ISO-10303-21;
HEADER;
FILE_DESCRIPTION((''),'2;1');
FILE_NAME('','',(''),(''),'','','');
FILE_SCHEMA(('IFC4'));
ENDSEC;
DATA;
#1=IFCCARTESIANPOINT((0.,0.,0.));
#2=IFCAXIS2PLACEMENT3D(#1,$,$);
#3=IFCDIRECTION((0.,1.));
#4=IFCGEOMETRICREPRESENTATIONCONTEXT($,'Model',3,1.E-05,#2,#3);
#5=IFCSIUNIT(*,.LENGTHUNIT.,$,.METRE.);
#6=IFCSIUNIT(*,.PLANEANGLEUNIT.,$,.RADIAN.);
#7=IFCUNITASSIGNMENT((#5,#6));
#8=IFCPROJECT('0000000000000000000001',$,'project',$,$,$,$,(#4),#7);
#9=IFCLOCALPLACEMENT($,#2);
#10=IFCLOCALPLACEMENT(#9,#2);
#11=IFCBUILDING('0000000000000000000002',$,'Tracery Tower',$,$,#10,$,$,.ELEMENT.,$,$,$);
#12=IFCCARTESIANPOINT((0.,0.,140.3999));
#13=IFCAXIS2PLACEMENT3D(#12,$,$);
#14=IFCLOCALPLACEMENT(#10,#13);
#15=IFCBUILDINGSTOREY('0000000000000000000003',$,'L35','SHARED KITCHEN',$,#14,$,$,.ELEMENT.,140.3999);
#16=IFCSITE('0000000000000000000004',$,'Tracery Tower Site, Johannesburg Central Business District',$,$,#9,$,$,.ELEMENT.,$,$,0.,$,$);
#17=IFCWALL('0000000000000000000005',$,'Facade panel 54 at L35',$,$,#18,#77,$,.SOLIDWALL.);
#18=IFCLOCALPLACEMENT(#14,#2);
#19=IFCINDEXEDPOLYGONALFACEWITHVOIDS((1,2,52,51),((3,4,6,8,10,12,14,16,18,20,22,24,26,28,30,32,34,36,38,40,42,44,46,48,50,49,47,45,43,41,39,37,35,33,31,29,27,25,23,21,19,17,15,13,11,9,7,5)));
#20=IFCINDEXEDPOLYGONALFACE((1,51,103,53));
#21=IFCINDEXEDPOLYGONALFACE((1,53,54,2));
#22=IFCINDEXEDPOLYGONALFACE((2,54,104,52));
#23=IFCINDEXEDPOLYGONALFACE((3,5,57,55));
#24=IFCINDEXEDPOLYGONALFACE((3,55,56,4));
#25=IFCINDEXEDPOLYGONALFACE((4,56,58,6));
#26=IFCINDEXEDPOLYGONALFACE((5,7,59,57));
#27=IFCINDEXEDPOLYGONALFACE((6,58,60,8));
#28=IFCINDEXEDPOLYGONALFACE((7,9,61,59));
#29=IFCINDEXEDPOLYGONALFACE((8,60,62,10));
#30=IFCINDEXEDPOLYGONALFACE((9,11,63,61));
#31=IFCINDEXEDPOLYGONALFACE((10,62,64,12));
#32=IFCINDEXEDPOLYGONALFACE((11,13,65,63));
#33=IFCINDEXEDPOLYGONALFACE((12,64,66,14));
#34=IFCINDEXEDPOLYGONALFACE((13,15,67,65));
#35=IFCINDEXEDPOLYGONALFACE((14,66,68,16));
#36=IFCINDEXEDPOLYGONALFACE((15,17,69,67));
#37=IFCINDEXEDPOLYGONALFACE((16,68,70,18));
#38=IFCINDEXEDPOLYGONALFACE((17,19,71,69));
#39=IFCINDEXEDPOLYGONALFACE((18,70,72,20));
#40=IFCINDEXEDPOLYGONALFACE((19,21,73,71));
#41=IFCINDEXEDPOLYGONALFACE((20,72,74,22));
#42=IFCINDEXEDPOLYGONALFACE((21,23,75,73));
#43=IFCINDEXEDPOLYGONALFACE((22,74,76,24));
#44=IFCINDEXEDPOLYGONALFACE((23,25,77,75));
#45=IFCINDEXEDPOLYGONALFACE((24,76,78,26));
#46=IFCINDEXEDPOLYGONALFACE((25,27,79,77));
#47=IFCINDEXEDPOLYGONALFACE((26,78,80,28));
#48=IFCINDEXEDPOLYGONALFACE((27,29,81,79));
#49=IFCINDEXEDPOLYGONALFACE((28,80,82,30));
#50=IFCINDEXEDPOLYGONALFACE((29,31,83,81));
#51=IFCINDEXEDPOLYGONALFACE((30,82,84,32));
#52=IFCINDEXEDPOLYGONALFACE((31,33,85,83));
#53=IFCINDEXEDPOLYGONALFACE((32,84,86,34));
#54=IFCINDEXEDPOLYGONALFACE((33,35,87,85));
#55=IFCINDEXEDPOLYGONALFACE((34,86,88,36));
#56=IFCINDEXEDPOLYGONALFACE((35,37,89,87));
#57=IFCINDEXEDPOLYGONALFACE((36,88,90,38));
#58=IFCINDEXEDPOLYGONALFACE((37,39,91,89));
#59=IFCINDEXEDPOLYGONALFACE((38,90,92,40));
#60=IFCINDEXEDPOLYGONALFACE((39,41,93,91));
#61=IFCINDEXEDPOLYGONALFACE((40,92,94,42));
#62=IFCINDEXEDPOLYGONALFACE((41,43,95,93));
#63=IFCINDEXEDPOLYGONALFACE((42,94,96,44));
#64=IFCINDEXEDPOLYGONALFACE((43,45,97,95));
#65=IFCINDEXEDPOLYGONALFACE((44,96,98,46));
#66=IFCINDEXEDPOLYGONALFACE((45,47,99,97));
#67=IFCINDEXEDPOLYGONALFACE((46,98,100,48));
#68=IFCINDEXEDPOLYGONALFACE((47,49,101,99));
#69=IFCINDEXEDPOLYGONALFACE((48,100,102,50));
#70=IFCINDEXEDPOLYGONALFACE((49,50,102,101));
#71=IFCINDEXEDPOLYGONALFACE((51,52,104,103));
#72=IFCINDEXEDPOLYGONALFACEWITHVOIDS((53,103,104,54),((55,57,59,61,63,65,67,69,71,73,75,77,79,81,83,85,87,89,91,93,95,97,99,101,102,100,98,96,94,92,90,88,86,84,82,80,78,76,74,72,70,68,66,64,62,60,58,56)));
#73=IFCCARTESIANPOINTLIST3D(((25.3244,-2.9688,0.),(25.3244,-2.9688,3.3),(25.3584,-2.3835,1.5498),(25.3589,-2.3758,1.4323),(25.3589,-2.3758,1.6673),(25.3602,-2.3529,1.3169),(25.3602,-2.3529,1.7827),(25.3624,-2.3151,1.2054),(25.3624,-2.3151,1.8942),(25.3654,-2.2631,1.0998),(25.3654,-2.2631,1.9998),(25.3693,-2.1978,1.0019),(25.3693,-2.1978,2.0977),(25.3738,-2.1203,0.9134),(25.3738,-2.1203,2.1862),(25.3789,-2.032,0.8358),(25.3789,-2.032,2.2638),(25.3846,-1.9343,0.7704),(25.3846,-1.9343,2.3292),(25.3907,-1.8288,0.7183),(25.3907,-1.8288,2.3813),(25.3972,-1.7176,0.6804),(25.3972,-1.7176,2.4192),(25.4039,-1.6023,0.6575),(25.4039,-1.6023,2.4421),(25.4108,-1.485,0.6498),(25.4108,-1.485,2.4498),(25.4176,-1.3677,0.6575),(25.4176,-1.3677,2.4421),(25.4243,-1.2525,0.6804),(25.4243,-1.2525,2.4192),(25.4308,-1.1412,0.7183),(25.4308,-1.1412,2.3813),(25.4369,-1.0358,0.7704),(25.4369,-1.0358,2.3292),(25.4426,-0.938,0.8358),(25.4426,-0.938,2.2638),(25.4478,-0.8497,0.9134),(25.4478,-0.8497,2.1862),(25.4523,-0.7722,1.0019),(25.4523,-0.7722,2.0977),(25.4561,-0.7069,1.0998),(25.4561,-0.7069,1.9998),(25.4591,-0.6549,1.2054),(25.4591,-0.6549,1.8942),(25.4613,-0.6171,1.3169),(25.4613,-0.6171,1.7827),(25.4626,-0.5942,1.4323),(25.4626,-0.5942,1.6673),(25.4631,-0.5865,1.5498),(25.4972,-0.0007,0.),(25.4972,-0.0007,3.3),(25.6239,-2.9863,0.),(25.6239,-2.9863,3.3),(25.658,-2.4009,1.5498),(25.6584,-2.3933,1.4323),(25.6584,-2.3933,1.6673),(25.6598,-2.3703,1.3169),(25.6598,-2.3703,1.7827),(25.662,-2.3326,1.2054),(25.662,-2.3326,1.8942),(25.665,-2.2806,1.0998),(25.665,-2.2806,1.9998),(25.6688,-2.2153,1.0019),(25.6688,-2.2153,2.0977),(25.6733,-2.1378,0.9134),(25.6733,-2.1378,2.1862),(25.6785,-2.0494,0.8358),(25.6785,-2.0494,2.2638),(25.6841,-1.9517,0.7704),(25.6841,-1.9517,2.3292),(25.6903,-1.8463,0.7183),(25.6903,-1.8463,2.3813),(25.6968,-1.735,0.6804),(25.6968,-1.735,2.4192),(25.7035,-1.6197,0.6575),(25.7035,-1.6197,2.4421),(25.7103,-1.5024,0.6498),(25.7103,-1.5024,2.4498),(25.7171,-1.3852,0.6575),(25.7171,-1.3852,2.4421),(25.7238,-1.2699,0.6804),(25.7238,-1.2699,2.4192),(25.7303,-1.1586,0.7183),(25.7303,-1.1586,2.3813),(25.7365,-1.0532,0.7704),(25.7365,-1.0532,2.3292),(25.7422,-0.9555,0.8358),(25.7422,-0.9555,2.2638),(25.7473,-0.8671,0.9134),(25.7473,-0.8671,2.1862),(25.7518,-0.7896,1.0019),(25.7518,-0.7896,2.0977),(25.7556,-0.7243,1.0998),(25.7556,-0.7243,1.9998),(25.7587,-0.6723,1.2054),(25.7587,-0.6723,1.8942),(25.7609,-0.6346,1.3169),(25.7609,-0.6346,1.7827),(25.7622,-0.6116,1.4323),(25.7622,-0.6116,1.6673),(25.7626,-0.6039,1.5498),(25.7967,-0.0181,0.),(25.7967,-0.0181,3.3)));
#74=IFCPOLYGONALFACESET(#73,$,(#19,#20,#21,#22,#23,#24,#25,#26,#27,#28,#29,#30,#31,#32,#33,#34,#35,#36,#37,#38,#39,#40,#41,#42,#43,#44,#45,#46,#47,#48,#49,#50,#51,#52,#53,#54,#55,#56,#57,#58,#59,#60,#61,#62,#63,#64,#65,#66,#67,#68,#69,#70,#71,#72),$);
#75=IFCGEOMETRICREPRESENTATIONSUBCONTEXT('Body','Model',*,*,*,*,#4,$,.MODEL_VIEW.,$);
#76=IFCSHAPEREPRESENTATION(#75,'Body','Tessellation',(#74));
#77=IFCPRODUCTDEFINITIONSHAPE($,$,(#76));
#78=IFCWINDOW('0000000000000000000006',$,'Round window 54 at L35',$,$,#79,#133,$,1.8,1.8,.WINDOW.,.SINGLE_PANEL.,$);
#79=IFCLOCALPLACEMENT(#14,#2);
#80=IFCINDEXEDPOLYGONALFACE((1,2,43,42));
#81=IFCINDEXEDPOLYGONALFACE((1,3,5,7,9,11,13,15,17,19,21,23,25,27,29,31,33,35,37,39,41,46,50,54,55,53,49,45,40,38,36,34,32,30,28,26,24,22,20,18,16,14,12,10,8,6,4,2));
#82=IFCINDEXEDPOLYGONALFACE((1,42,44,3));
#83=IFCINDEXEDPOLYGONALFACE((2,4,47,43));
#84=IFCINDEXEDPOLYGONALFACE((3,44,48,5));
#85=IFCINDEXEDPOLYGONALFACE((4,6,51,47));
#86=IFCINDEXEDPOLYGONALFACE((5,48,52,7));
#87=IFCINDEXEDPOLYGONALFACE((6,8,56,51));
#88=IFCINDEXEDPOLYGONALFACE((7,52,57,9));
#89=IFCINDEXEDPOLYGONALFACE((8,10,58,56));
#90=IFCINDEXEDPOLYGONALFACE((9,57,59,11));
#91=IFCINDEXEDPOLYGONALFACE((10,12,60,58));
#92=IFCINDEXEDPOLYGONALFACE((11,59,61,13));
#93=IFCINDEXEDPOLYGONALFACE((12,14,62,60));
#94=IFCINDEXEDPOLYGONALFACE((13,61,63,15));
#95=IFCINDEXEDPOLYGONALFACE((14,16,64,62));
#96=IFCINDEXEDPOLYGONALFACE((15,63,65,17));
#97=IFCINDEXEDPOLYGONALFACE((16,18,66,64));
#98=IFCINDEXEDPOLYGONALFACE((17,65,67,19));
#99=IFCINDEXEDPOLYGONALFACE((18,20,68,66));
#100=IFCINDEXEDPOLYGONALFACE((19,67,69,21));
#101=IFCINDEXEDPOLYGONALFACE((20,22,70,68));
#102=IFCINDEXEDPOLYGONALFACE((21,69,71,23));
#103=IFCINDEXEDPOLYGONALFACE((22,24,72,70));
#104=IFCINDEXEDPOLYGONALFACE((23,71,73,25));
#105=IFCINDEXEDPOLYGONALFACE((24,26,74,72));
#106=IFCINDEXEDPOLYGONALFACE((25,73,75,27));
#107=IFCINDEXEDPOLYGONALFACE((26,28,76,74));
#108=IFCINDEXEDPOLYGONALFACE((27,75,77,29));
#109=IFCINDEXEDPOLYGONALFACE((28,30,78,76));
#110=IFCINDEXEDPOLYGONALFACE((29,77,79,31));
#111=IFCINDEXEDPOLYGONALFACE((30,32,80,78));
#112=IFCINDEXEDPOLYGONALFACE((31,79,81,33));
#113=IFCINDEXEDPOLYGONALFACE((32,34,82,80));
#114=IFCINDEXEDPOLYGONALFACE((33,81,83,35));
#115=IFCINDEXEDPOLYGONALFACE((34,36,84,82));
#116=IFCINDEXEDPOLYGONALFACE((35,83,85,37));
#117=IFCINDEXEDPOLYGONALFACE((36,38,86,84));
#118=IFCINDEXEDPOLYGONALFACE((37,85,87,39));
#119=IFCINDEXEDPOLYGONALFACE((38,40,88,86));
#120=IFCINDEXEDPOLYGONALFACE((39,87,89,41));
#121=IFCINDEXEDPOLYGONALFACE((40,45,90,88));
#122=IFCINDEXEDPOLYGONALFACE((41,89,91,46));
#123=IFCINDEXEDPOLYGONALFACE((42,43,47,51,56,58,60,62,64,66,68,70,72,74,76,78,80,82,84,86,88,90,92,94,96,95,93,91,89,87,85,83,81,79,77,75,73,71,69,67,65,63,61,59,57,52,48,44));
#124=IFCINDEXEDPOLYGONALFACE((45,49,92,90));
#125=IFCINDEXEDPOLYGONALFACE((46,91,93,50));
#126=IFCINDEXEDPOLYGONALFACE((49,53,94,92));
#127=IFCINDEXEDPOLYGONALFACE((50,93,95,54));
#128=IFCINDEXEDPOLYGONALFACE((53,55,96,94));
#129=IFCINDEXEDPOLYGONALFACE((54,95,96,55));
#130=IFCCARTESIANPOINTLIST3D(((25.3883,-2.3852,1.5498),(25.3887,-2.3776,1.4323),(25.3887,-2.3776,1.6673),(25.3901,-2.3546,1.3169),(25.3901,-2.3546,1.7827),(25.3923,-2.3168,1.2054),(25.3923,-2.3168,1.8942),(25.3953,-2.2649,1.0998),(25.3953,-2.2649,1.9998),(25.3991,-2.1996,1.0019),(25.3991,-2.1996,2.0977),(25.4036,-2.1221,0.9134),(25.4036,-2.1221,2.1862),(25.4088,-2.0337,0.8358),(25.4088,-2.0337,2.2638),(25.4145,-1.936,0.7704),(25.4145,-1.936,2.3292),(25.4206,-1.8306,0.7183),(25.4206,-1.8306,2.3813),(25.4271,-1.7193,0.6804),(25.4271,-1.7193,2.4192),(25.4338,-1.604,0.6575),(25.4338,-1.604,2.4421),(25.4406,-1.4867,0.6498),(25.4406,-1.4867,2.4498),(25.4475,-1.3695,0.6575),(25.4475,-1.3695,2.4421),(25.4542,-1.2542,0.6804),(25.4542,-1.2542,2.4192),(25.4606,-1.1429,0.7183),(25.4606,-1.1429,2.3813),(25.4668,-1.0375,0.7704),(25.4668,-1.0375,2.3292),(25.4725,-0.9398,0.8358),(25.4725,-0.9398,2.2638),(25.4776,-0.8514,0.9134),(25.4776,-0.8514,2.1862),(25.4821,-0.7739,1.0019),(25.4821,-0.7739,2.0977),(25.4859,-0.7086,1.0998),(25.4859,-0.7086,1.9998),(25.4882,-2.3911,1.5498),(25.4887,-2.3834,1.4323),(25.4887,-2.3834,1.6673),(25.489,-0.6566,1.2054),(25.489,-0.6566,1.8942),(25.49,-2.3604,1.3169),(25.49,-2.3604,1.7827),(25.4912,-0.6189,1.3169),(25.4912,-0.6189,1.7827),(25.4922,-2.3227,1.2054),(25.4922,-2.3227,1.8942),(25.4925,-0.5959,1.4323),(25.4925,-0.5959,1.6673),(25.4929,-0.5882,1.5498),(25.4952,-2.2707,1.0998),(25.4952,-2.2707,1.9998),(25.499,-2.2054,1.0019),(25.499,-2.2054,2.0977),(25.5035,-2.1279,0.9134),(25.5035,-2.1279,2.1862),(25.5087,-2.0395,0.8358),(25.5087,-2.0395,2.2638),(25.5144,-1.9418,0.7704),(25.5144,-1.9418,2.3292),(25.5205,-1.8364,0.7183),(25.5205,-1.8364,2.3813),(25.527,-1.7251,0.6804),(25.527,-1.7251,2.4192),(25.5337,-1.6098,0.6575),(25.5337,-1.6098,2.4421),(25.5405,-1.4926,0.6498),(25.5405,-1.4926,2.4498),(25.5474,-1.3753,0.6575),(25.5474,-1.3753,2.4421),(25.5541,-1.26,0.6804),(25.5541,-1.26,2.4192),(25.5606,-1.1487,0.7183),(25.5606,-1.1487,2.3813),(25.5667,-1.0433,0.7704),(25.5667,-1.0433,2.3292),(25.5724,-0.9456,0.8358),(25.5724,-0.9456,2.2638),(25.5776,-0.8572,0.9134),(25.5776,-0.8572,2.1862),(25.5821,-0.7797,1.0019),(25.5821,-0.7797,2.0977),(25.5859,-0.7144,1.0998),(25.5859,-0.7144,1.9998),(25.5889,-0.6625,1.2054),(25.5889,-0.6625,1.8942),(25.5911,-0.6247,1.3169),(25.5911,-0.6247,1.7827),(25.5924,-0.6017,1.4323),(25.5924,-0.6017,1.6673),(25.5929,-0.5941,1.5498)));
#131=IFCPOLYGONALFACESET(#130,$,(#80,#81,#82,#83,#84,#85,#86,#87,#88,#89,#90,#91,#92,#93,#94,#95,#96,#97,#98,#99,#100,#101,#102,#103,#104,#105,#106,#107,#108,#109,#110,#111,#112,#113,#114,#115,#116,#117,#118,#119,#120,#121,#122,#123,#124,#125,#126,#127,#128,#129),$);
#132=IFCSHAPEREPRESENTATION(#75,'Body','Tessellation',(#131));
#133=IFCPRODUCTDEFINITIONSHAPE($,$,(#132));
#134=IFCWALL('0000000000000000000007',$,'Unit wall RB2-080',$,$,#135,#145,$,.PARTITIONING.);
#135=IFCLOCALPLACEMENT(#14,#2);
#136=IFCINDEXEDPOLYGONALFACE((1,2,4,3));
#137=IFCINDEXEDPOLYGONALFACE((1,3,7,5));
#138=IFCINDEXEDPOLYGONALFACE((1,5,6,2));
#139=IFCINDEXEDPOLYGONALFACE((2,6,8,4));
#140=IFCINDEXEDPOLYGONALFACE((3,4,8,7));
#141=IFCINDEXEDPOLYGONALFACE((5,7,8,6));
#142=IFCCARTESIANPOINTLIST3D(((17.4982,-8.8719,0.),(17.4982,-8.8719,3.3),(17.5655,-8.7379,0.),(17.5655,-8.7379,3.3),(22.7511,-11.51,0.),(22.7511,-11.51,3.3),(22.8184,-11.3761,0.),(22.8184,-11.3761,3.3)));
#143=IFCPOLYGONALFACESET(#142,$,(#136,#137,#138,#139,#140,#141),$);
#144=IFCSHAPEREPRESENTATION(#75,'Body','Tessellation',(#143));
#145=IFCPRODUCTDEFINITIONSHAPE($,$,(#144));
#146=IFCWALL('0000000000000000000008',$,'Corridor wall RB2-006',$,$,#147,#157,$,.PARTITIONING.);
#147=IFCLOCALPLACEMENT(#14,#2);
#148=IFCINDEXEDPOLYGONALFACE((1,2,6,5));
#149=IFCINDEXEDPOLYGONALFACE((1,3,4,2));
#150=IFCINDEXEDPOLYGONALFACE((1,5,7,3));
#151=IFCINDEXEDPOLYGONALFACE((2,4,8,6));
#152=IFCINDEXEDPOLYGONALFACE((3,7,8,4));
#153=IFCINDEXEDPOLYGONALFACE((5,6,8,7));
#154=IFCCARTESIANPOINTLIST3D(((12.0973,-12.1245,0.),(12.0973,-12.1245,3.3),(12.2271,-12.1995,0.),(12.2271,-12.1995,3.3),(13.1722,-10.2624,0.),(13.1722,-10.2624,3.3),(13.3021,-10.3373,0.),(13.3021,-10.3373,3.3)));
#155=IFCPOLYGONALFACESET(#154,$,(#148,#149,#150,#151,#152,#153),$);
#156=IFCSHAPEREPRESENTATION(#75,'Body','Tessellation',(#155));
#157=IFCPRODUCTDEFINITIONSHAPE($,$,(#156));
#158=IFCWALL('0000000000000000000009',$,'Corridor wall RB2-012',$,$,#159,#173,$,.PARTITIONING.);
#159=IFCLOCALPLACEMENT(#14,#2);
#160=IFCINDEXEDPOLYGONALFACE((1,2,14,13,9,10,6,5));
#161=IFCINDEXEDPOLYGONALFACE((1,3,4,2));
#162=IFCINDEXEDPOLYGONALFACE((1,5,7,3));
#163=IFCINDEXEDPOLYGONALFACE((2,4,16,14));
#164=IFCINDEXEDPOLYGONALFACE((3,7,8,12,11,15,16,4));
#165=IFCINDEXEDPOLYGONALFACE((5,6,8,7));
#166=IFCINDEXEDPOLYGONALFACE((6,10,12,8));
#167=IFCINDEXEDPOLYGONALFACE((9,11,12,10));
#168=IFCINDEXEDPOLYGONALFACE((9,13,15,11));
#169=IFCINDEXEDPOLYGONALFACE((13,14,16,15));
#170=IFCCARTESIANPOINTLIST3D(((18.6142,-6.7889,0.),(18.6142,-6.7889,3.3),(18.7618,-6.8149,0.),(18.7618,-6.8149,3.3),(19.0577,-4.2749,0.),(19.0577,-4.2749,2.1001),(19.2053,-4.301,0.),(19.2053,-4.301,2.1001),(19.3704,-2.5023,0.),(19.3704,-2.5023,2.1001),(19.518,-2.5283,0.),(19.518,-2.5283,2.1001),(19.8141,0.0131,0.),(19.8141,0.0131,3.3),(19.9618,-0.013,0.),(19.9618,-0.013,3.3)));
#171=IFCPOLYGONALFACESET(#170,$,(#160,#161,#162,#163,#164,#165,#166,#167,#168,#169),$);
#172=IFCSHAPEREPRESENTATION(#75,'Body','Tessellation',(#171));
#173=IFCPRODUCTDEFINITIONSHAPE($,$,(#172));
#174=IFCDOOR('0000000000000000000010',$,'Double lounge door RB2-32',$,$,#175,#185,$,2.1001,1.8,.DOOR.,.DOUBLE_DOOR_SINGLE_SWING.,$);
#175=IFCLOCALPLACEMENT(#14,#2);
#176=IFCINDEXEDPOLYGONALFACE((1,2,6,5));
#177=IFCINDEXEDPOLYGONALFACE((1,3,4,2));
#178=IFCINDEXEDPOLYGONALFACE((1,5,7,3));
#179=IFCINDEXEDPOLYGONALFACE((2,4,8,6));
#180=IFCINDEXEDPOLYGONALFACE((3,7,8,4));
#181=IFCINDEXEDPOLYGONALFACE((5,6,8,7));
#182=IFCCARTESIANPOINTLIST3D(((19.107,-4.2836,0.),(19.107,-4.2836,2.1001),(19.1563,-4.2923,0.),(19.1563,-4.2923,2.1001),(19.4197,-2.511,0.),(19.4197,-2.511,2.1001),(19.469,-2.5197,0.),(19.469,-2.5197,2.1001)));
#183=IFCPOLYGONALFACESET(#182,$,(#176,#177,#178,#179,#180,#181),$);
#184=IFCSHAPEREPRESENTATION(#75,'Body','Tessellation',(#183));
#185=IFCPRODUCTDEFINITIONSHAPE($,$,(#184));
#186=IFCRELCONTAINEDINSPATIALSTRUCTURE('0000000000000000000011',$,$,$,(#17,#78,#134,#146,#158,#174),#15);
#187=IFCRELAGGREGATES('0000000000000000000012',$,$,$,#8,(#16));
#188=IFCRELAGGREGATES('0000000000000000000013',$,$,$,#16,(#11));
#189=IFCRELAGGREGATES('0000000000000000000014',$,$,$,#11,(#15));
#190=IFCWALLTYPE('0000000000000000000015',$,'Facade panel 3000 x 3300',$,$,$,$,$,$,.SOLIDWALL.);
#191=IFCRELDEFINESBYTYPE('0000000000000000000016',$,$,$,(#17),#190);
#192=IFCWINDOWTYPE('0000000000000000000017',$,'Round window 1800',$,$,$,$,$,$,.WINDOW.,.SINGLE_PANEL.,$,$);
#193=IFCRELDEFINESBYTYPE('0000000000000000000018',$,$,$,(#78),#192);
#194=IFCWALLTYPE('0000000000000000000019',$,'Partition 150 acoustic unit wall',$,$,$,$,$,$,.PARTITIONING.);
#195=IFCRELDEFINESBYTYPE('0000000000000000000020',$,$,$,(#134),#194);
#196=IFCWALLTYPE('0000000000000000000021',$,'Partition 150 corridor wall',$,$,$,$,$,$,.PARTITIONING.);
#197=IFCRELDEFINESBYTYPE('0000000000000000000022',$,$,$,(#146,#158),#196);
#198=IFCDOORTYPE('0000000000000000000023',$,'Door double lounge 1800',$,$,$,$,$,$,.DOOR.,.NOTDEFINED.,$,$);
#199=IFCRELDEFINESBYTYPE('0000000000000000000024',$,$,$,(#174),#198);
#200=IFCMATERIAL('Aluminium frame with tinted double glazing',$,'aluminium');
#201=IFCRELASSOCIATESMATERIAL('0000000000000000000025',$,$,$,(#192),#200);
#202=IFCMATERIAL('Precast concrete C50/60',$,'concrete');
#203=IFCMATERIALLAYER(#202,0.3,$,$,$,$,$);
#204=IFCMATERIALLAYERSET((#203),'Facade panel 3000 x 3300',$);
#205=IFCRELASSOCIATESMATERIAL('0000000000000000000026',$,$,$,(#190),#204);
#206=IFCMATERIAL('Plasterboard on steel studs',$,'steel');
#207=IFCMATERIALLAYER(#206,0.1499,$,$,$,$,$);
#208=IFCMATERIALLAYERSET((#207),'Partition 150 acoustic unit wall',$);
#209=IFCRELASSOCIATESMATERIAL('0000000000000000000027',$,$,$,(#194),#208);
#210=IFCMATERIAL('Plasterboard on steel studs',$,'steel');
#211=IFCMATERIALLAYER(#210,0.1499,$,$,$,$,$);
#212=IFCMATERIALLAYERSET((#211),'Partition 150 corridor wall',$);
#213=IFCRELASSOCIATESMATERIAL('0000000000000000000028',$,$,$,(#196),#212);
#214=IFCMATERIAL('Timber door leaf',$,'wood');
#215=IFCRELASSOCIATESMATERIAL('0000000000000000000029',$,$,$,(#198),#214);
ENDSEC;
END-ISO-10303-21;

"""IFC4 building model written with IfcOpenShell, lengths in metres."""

from ifc_helpers import new_model, si_unit, direction, frame, frame_2d, origin, origin_2d, place, context, subcontext, project, spatial, rectangle, circle, extrude, material, layer, layer_set, type_object, element, fill, save


model = new_model("IFC4")

# Units and contexts
model_context = context("Model", 3, precision=1e-05, world=origin(), true_north=direction((0.0, 1.0)))
body_context = subcontext(model_context, "Body", "Model", "MODEL_VIEW")
ifc_project = project(units=[si_unit("LENGTHUNIT", "METRE"), si_unit("PLANEANGLEUNIT", "RADIAN")], contexts=[model_context])

# Site, building, storey
site_placement = place(None, origin())
site = spatial("IfcSite", under=ifc_project, at=site_placement, Name="Tracery Tower Site, Johannesburg Central Business District", CompositionType="ELEMENT", RefElevation=0.0)
building_placement = place(site_placement, origin())
building = spatial("IfcBuilding", under=site, at=building_placement, Name="Tracery Tower", CompositionType="ELEMENT")
storey_placement = place(building_placement, frame((0.0, 0.0, 140.3999)))
storey = spatial("IfcBuildingStorey", under=building, at=storey_placement, Name="L35", Description="SHARED KITCHEN", CompositionType="ELEMENT", Elevation=140.3999)

# Wall, opening, window
ifc_material_1 = material(Name="Aluminium frame with tinted double glazing", Category="aluminium")
window_type = type_object("IfcWindowType", Name="Round window 1800", PartitioningType="SINGLE_PANEL", PredefinedType="WINDOW", material=ifc_material_1)
ifc_material_2 = material(Name="Precast concrete C50/60", Category="concrete")
ifc_layer_1 = layer(ifc_material_2, 0.3)
ifc_layer_set_1 = layer_set([ifc_layer_1], Name="Facade panel 3000 x 3300")
wall_type_1 = type_object("IfcWallType", Name="Facade panel 3000 x 3300", PredefinedType="SOLIDWALL", material=ifc_layer_set_1)
wall_1_placement = place(storey_placement, frame((25.4741, -2.9775, 0.0), z_axis=(0.0, 0.0, 1.0), x_axis=(0.05814, 0.998308, 0.0)))
wall_1 = element("IfcWall", 1, at=wall_1_placement, inside=storey, type_object=wall_type_1, Name="Facade panel 54 at L35", PredefinedType="SOLIDWALL", context=body_context, shape_type="SweptSolid", body=[
    extrude(rectangle(XDim=2.9731, YDim=0.3, at=frame_2d((1.4866, 0.0))), origin(), (0.0, 0.0, 1.0), 3.3),
])
opening_1_placement = place(wall_1_placement, frame((1.4863, 0.0, 1.5498)))
opening_1 = element("IfcOpeningElement", 2, at=opening_1_placement, cuts=wall_1, PredefinedType="OPENING", context=body_context, shape_type="SweptSolid", body=[
    extrude(circle(Radius=0.9, at=origin_2d()), frame((0.0, 0.1599, 0.0), z_axis=(0.0, -1.0, 0.0), x_axis=(1.0, 0.0, 0.0)), (0.0, 0.0, 1.0), 0.3201),
])
window_1_placement = place(opening_1_placement, origin())
window_1 = element("IfcWindow", 3, at=window_1_placement, inside=storey, type_object=window_type, Name="Round window 54 at L35", OverallHeight=1.8, OverallWidth=1.8, PartitioningType="SINGLE_PANEL", PredefinedType="WINDOW", context=body_context, shape_type="SweptSolid", body=[
    extrude(circle(Radius=0.9, at=origin_2d()), frame((0.0, 0.1201, 0.0), z_axis=(0.0, -1.0, 0.0), x_axis=(1.0, 0.0, 0.0)), (0.0, 0.0, 1.0), 0.1001),
])
fill(opening_1, window_1)

# Walls
ifc_material_3 = material(Name="Plasterboard on steel studs", Category="steel")
ifc_layer_2 = layer(ifc_material_3, 0.1499)
ifc_layer_set_2 = layer_set([ifc_layer_2], Name="Partition 150 acoustic unit wall")
wall_type_2 = type_object("IfcWallType", Name="Partition 150 acoustic unit wall", PredefinedType="PARTITIONING", material=ifc_layer_set_2)
wall_2_placement = place(storey_placement, frame((17.532, -8.8049, 0.0), z_axis=(0.0, 0.0, 1.0), x_axis=(0.893628, -0.448808, 0.0)))
element("IfcWall", 4, at=wall_2_placement, inside=storey, type_object=wall_type_2, Name="Unit wall RB2-080", PredefinedType="PARTITIONING", context=body_context, shape_type="SweptSolid", body=[
    extrude(rectangle(XDim=5.8782, YDim=0.1499, at=frame_2d((2.939, 0.0))), origin(), (0.0, 0.0, 1.0), 3.3),
])
ifc_material_4 = material(Name="Plasterboard on steel studs", Category="steel")
ifc_layer_3 = layer(ifc_material_4, 0.1499)
ifc_layer_set_3 = layer_set([ifc_layer_3], Name="Partition 150 corridor wall")
wall_type_3 = type_object("IfcWallType", Name="Partition 150 corridor wall", PredefinedType="PARTITIONING", material=ifc_layer_set_3)
wall_3_placement = place(storey_placement, frame((12.1621, -12.1621, 0.0), z_axis=(0.0, 0.0, 1.0), x_axis=(0.499962, 0.866048, 0.0)))
element("IfcWall", 5, at=wall_3_placement, inside=storey, type_object=wall_type_3, Name="Corridor wall RB2-006", PredefinedType="PARTITIONING", context=body_context, shape_type="SweptSolid", body=[
    extrude(rectangle(XDim=2.1501, YDim=0.1499, at=frame_2d((1.0752, 0.0))), origin(), (0.0, 0.0, 1.0), 3.3),
])

# Wall, opening, door
wall_4_placement = place(storey_placement, frame((18.688, -6.802, 0.0), z_axis=(0.0, 0.0, 1.0), x_axis=(0.173729, 0.984794, 0.0)))
wall_4 = element("IfcWall", 6, at=wall_4_placement, inside=storey, type_object=wall_type_3, Name="Corridor wall RB2-012", PredefinedType="PARTITIONING", context=body_context, shape_type="SweptSolid", body=[
    extrude(rectangle(XDim=6.907, YDim=0.1499, at=frame_2d((3.4536, 0.0))), origin(), (0.0, 0.0, 1.0), 3.3),
])
opening_2_placement = place(wall_4_placement, frame((2.553, 0.0, 0.0)))
opening_2 = element("IfcOpeningElement", 7, at=opening_2_placement, cuts=wall_4, PredefinedType="OPENING", context=body_context, shape_type="SweptSolid", body=[
    extrude(rectangle(XDim=1.8, YDim=2.1001, at=frame_2d((0.8999, 1.05))), frame((0.0, 0.075, 0.0), z_axis=(0.0, -1.0, 0.0), x_axis=(1.0, 0.0, 0.0)), (0.0, 0.0, 1.0), 0.1499),
])
ifc_material_5 = material(Name="Timber door leaf", Category="wood")
door_type_1 = type_object("IfcDoorType", Name="Door double lounge 1800", OperationType="NOTDEFINED", PredefinedType="DOOR", material=ifc_material_5)
door_1_placement = place(opening_2_placement, origin())
door_1 = element("IfcDoor", 8, at=door_1_placement, inside=storey, type_object=door_type_1, Name="Double lounge door RB2-32", OperationType="DOUBLE_DOOR_SINGLE_SWING", OverallHeight=2.1001, OverallWidth=1.8, PredefinedType="DOOR", context=body_context, shape_type="SweptSolid", body=[
    extrude(rectangle(XDim=1.8, YDim=2.1001, at=frame_2d((0.8999, 1.05))), frame((0.0, 0.0249, 0.0), z_axis=(0.0, -1.0, 0.0), x_axis=(1.0, 0.0, 0.0)), (0.0, 0.0, 1.0), 0.05),
])
fill(opening_2, door_1)

save(model, "model.ifc")
